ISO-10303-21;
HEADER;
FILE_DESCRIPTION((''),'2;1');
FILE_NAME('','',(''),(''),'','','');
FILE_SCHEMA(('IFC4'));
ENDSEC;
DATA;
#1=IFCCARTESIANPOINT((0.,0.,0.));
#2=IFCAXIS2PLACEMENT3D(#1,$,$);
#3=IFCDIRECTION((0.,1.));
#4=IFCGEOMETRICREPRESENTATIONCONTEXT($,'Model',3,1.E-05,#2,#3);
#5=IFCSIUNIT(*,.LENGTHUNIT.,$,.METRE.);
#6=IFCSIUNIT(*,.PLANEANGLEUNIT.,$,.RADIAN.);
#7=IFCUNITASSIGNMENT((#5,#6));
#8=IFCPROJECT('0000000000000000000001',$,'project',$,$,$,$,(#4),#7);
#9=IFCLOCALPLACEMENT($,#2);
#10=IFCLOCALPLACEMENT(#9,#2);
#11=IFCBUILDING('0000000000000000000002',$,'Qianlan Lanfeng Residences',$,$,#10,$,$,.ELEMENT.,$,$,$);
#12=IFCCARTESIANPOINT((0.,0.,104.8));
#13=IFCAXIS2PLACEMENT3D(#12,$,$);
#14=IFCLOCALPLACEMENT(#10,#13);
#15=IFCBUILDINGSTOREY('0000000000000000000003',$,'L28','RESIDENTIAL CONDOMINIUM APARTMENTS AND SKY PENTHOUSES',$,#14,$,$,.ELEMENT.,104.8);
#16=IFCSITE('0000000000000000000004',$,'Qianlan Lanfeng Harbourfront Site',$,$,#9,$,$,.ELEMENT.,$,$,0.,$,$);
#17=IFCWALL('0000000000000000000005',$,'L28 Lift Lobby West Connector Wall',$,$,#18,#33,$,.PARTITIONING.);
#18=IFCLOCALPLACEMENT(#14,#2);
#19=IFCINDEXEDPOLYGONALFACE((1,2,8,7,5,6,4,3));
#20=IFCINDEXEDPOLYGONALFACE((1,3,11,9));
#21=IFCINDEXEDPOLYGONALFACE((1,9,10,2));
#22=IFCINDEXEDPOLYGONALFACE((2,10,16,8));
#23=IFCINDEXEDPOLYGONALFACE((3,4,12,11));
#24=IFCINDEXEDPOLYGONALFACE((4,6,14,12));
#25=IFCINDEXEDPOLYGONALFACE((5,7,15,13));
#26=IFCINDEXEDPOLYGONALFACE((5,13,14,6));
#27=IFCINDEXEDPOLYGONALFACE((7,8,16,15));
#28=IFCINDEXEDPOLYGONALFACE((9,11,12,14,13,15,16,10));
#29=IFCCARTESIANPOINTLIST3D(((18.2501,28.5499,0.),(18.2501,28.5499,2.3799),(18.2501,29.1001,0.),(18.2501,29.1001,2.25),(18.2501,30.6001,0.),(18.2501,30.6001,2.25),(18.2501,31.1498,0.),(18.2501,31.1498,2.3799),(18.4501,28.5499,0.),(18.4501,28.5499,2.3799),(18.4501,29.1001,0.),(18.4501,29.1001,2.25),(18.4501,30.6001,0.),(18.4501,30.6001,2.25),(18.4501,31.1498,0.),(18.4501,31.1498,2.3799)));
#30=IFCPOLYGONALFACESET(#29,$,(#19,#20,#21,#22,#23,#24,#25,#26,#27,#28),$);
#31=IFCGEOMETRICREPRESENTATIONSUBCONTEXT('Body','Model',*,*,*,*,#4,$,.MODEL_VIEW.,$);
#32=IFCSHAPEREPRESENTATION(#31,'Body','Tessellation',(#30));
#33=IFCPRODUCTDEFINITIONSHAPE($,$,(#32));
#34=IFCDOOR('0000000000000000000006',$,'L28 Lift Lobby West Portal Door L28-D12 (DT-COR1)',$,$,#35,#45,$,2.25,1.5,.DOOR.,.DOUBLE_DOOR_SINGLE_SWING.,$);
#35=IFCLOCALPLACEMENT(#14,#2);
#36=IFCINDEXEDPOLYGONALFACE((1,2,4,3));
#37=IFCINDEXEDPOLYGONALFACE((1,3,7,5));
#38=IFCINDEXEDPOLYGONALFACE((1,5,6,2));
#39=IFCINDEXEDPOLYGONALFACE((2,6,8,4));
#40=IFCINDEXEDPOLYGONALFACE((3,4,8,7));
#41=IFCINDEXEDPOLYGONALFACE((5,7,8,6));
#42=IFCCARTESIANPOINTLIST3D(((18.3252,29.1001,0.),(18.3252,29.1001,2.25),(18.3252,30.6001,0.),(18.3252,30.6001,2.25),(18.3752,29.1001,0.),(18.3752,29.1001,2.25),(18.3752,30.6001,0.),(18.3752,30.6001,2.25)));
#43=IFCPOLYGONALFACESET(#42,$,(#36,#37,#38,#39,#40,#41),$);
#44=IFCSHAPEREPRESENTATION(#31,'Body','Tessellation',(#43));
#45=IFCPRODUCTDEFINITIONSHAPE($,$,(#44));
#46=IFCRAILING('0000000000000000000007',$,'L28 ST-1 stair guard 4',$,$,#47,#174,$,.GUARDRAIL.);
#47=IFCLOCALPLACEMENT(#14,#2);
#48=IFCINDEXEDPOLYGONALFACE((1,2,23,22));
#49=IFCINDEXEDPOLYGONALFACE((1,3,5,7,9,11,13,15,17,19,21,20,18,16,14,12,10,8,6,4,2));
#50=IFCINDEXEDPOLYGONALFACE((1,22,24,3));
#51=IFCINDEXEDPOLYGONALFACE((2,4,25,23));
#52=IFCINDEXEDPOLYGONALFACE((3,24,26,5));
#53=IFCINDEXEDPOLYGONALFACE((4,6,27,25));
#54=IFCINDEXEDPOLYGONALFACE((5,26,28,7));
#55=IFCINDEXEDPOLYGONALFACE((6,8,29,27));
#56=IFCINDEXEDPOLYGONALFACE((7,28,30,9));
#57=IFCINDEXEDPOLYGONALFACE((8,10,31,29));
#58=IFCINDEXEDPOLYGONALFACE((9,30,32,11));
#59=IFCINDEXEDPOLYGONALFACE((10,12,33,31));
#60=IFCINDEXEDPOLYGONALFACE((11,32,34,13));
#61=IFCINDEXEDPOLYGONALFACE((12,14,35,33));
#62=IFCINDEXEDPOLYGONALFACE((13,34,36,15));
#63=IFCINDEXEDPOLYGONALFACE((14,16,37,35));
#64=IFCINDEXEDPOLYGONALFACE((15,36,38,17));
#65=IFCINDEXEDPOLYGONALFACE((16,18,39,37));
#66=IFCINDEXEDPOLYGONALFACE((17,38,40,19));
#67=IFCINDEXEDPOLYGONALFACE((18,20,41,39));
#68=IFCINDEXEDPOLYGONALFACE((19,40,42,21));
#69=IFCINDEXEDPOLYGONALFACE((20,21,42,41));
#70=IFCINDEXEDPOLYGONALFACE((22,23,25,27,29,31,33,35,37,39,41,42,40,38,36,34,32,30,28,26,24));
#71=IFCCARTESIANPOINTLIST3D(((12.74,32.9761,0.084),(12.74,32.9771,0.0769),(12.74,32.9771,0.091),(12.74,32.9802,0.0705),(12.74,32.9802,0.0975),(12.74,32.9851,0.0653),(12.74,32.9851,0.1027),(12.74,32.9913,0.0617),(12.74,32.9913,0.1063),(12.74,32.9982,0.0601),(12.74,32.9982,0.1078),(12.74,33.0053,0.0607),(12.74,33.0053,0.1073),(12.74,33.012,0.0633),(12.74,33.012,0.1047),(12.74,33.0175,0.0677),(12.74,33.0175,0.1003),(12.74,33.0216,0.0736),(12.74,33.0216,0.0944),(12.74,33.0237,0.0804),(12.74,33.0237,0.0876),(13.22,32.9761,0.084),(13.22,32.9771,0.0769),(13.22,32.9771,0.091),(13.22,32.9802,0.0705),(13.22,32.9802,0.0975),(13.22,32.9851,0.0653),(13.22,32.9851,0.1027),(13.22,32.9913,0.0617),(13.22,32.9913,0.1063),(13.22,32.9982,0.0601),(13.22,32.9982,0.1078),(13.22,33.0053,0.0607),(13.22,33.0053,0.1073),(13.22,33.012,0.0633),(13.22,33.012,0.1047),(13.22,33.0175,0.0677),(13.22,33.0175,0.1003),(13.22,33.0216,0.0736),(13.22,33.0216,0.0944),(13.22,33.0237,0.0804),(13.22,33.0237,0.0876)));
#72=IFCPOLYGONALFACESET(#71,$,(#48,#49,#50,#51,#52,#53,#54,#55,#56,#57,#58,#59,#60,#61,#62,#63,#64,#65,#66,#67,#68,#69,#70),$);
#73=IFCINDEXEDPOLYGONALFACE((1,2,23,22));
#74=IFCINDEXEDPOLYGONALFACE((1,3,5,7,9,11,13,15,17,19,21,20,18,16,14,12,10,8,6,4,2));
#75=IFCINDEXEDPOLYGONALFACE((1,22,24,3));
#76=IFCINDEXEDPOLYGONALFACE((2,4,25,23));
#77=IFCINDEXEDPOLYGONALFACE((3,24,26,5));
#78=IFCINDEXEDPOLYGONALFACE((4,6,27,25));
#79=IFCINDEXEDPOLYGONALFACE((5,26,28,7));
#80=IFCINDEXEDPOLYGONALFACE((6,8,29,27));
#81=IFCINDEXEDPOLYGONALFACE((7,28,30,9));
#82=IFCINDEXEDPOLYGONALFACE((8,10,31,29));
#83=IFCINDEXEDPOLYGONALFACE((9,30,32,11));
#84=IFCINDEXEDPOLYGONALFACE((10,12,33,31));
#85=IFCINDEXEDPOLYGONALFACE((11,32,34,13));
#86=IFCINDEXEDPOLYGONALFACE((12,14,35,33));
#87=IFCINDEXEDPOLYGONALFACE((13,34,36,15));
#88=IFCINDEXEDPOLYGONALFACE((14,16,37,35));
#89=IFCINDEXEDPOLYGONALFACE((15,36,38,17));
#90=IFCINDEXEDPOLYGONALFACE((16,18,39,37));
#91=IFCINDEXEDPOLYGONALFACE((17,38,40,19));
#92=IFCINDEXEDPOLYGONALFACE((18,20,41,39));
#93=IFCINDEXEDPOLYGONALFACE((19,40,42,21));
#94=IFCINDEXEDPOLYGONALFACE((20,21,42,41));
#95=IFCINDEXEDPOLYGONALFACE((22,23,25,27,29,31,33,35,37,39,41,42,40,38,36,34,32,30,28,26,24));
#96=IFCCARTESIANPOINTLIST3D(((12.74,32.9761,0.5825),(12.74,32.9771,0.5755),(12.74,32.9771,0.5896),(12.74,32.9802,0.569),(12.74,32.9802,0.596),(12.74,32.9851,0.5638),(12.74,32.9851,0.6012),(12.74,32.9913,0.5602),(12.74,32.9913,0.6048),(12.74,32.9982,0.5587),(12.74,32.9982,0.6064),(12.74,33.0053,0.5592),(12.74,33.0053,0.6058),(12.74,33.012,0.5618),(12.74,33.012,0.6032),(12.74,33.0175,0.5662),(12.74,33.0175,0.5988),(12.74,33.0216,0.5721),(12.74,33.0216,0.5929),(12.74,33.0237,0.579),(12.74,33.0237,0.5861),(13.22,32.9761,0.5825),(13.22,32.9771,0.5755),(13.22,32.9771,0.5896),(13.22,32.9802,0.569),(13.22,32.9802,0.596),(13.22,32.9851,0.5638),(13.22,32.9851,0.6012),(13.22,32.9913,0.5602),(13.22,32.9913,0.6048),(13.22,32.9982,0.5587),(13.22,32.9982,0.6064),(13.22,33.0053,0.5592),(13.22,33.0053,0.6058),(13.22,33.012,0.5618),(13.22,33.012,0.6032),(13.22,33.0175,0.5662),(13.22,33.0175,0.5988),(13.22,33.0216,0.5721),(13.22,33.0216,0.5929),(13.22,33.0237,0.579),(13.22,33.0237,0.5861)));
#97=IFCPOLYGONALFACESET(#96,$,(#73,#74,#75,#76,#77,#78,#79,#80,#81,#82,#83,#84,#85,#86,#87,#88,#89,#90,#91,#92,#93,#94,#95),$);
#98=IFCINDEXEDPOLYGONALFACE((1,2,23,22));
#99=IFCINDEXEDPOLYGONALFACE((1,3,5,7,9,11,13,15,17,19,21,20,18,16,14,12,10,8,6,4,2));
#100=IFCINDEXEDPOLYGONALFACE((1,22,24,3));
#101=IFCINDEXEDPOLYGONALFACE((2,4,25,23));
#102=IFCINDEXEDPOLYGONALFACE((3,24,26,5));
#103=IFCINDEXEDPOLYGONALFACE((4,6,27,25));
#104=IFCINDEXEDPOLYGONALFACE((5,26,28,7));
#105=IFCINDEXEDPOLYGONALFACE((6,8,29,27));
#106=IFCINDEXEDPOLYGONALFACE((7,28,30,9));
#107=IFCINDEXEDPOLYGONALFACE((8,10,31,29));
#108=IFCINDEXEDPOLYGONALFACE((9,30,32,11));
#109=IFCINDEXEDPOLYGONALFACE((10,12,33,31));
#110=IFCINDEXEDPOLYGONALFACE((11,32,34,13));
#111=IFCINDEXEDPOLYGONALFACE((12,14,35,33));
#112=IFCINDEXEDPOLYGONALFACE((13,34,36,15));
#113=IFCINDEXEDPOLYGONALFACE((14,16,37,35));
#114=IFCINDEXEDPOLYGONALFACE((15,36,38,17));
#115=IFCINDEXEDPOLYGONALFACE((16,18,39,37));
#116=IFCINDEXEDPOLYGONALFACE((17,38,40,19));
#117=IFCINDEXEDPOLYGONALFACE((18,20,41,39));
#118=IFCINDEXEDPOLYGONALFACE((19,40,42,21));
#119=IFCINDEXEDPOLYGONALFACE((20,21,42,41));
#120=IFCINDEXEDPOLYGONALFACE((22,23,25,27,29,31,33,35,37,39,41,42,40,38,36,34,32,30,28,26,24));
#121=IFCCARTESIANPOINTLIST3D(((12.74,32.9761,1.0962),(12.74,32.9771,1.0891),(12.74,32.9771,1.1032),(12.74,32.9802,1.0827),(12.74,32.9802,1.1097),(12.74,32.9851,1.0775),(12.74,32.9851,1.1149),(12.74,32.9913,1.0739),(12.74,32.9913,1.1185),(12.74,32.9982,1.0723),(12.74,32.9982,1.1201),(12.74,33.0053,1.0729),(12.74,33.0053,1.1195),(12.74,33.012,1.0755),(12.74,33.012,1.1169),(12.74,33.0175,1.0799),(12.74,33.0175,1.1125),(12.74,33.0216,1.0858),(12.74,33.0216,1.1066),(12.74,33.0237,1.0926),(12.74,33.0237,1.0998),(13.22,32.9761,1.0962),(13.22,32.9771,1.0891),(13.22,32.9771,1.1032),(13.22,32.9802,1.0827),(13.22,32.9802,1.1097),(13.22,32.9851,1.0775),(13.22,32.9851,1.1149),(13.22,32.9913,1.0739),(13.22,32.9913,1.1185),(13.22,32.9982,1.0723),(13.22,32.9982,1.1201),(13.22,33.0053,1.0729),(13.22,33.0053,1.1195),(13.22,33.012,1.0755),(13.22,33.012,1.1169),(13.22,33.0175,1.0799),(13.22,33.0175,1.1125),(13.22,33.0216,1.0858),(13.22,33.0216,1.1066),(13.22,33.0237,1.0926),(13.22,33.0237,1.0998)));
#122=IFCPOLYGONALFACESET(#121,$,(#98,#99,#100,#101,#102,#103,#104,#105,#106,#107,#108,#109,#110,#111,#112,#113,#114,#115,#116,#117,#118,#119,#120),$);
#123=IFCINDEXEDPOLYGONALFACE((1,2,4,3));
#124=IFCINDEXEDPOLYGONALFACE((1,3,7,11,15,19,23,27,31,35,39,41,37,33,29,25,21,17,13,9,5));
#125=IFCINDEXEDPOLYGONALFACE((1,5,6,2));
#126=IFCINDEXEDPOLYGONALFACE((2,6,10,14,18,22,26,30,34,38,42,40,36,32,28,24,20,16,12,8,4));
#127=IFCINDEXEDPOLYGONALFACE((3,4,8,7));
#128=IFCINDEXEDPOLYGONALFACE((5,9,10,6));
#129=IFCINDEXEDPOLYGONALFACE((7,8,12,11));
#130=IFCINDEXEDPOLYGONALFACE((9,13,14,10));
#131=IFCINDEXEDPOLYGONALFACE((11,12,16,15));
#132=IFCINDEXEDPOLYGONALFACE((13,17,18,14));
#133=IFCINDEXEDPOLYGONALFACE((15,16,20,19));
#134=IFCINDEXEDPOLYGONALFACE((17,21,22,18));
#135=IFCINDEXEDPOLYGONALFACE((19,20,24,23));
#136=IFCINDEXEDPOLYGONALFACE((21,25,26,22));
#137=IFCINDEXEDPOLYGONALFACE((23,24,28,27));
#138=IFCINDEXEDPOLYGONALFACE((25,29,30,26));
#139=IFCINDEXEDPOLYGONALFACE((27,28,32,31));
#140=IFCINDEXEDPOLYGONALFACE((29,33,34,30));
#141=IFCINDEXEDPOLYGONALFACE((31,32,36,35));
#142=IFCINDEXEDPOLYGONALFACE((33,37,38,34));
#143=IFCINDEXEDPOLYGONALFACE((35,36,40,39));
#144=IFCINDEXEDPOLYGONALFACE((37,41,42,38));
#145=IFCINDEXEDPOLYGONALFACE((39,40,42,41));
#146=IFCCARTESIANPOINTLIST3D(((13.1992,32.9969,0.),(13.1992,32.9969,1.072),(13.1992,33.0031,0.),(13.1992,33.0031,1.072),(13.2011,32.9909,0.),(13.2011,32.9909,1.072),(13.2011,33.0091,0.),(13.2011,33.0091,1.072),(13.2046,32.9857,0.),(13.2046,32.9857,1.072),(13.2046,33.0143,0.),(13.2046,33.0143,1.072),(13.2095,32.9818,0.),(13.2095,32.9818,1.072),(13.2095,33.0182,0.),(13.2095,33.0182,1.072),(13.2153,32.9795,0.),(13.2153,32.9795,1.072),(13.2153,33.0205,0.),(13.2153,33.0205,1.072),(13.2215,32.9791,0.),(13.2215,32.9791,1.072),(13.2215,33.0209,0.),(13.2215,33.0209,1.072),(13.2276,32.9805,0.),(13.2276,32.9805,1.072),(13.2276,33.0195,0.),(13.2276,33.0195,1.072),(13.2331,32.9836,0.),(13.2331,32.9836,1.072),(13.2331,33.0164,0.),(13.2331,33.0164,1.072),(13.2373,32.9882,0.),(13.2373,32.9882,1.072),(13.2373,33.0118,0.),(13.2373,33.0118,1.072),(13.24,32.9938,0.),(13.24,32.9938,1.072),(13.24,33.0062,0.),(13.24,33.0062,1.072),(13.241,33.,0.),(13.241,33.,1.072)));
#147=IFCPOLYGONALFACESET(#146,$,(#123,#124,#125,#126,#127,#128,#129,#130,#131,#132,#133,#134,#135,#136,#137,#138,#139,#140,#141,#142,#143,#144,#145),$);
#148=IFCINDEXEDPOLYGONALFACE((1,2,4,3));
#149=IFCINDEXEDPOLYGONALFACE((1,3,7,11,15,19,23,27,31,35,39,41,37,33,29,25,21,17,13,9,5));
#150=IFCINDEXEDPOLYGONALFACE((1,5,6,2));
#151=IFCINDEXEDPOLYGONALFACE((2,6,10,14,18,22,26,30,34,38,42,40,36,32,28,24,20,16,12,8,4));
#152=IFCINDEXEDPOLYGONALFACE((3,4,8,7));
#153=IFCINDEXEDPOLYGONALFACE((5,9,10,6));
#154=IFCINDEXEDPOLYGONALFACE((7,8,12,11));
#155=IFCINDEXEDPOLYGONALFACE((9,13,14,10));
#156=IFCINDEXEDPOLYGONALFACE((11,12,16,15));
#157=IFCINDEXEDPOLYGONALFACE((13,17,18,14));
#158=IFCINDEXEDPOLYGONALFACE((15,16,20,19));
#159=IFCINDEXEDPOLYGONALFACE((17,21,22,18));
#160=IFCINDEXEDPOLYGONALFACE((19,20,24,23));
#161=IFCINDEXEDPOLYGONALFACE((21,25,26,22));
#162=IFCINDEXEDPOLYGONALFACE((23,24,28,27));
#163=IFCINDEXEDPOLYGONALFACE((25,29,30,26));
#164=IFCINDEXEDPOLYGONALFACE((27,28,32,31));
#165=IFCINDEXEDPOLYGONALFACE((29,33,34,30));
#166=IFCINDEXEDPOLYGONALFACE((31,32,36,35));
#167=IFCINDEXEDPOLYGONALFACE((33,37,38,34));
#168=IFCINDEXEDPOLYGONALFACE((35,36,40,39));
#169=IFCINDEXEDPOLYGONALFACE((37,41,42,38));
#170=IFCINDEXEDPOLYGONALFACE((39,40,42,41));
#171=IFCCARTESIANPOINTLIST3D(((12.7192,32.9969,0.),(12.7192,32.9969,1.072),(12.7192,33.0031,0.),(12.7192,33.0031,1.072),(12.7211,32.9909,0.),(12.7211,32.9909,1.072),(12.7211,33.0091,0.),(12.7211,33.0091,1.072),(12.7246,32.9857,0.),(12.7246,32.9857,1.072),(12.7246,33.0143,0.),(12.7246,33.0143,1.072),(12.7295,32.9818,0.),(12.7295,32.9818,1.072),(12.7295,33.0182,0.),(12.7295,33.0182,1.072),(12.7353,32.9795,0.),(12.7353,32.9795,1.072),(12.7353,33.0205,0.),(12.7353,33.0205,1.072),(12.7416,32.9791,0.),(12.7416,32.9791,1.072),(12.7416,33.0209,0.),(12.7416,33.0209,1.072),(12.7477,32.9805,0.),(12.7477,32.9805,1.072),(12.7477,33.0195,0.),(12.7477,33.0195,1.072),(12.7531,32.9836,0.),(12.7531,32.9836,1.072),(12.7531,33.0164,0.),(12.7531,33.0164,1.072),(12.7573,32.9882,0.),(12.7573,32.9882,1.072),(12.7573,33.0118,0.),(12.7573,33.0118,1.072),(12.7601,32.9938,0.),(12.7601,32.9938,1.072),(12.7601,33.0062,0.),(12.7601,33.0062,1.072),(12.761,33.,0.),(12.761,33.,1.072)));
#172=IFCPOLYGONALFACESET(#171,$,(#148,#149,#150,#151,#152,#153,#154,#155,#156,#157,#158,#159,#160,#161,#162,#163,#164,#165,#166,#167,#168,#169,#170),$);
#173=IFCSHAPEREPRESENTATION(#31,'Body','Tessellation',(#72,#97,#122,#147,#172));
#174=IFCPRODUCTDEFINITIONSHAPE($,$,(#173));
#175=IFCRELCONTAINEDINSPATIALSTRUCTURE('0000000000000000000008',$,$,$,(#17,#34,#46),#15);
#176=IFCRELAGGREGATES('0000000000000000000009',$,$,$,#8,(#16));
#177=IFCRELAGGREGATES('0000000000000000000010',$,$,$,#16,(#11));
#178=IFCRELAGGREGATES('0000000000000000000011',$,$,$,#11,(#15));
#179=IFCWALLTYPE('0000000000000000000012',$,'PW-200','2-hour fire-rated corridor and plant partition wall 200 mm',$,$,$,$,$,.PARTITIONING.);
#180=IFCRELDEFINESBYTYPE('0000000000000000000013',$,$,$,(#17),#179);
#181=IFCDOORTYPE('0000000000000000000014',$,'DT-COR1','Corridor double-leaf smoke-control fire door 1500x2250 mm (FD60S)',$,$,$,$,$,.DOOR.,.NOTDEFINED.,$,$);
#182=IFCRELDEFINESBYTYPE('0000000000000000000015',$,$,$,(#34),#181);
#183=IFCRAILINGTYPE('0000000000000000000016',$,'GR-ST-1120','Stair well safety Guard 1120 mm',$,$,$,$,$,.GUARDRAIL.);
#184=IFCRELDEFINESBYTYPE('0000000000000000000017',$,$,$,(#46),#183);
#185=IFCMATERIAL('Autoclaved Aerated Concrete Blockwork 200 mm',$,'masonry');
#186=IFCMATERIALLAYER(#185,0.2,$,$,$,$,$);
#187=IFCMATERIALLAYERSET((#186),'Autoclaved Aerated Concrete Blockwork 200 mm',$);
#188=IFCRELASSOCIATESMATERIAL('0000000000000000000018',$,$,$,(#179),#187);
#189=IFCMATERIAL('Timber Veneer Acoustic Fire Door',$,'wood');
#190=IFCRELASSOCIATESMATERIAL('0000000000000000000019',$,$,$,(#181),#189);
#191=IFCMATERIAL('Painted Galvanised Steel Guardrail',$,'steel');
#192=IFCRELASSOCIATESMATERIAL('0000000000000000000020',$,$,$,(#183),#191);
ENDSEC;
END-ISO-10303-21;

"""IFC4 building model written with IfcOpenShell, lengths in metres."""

from ifc_helpers import new_model, si_unit, direction, frame, frame_2d, origin, origin_2d, place, context, subcontext, project, spatial, rectangle, circle, extrude, material, layer, layer_set, type_object, element, fill, save


model = new_model("IFC4")

# Units and contexts
model_context = context("Model", 3, precision=1e-05, world=origin(), true_north=direction((0.0, 1.0)))
body_context = subcontext(model_context, "Body", "Model", "MODEL_VIEW")
ifc_project = project(units=[si_unit("LENGTHUNIT", "METRE"), si_unit("PLANEANGLEUNIT", "RADIAN")], contexts=[model_context])

# Site, building, storey
site_placement = place(None, origin())
site = spatial("IfcSite", under=ifc_project, at=site_placement, Name="Qianlan Lanfeng Harbourfront Site", CompositionType="ELEMENT", RefElevation=0.0)
building_placement = place(site_placement, origin())
building = spatial("IfcBuilding", under=site, at=building_placement, Name="Qianlan Lanfeng Residences", CompositionType="ELEMENT")
storey_placement = place(building_placement, frame((0.0, 0.0, 104.8)))
storey = spatial("IfcBuildingStorey", under=building, at=storey_placement, Name="L28", Description="RESIDENTIAL CONDOMINIUM APARTMENTS AND SKY PENTHOUSES", CompositionType="ELEMENT", Elevation=104.8)

# Wall, opening, door
ifc_material_1 = material(Name="Autoclaved Aerated Concrete Blockwork 200 mm", Category="masonry")
ifc_layer_1 = layer(ifc_material_1, 0.2)
ifc_layer_set_1 = layer_set([ifc_layer_1], Name="Autoclaved Aerated Concrete Blockwork 200 mm")
wall_type_1 = type_object("IfcWallType", Name="PW-200", Description="2-hour fire-rated corridor and plant partition wall 200 mm", PredefinedType="PARTITIONING", material=ifc_layer_set_1)
wall_1_placement = place(storey_placement, frame((18.3501, 28.55, 0.0), z_axis=(0.0, 0.0, 1.0), x_axis=(0.0, 1.0, 0.0)))
wall_1 = element("IfcWall", 1, at=wall_1_placement, inside=storey, type_object=wall_type_1, Name="L28 Lift Lobby West Connector Wall", PredefinedType="PARTITIONING", context=body_context, shape_type="SweptSolid", body=[
    extrude(rectangle(XDim=2.5999, YDim=0.2, at=frame_2d((1.2998, 0.0))), origin(), (0.0, 0.0, 1.0), 2.3799),
])
opening_1_placement = place(wall_1_placement, frame((0.55, 0.0, 0.0)))
opening_1 = element("IfcOpeningElement", 2, at=opening_1_placement, cuts=wall_1, PredefinedType="OPENING", context=body_context, shape_type="SweptSolid", body=[
    extrude(rectangle(XDim=1.5, YDim=2.25, at=frame_2d((0.75, 1.125))), frame((0.0, 0.1099, 0.0), z_axis=(0.0, -1.0, 0.0), x_axis=(1.0, 0.0, 0.0)), (0.0, 0.0, 1.0), 0.22),
])
ifc_material_2 = material(Name="Timber Veneer Acoustic Fire Door", Category="wood")
door_type_1 = type_object("IfcDoorType", Name="DT-COR1", Description="Corridor double-leaf smoke-control fire door 1500x2250 mm (FD60S)", OperationType="NOTDEFINED", PredefinedType="DOOR", material=ifc_material_2)
door_1_placement = place(opening_1_placement, origin())
door_1 = element("IfcDoor", 3, at=door_1_placement, inside=storey, type_object=door_type_1, Name="L28 Lift Lobby West Portal Door L28-D12 (DT-COR1)", OperationType="DOUBLE_DOOR_SINGLE_SWING", OverallHeight=2.25, OverallWidth=1.5, PredefinedType="DOOR", context=body_context, shape_type="SweptSolid", body=[
    extrude(rectangle(XDim=1.5, YDim=2.25, at=frame_2d((0.75, 1.125))), frame((0.0, 0.0249, 0.0), z_axis=(0.0, -1.0, 0.0), x_axis=(1.0, 0.0, 0.0)), (0.0, 0.0, 1.0), 0.05),
])
fill(opening_1, door_1)

# Railing
ifc_material_3 = material(Name="Painted Galvanised Steel Guardrail", Category="steel")
railing_type = type_object("IfcRailingType", Name="GR-ST-1120", Description="Stair well safety Guard 1120 mm", PredefinedType="GUARDRAIL", material=ifc_material_3)
railing_placement = place(storey_placement, frame((13.22, 33.0, 0.0)))
element("IfcRailing", 4, at=railing_placement, inside=storey, type_object=railing_type, Name="L28 ST-1 stair guard 4", PredefinedType="GUARDRAIL", context=body_context, shape_type="SweptSolid", body=[
    extrude(circle(Radius=0.0239, at=origin_2d()), frame((0.0, 0.0, 0.084), z_axis=(-1.0, 0.0, 0.0), x_axis=(0.0, -1.0, 0.0)), (0.0, 0.0, 1.0), 0.48),
    extrude(circle(Radius=0.0239, at=origin_2d()), frame((0.0, 0.0, 0.5825), z_axis=(-1.0, 0.0, 0.0), x_axis=(0.0, -1.0, 0.0)), (0.0, 0.0, 1.0), 0.48),
    extrude(circle(Radius=0.0239, at=origin_2d()), frame((0.0, 0.0, 1.0962), z_axis=(-1.0, 0.0, 0.0), x_axis=(0.0, -1.0, 0.0)), (0.0, 0.0, 1.0), 0.48),
    extrude(circle(Radius=0.021, at=origin_2d()), origin(), (0.0, 0.0, 1.0), 1.072),
    extrude(circle(Radius=0.021, at=origin_2d()), frame((-0.48, 0.0, 0.0)), (0.0, 0.0, 1.0), 1.072),
])

save(model, "model.ifc")
